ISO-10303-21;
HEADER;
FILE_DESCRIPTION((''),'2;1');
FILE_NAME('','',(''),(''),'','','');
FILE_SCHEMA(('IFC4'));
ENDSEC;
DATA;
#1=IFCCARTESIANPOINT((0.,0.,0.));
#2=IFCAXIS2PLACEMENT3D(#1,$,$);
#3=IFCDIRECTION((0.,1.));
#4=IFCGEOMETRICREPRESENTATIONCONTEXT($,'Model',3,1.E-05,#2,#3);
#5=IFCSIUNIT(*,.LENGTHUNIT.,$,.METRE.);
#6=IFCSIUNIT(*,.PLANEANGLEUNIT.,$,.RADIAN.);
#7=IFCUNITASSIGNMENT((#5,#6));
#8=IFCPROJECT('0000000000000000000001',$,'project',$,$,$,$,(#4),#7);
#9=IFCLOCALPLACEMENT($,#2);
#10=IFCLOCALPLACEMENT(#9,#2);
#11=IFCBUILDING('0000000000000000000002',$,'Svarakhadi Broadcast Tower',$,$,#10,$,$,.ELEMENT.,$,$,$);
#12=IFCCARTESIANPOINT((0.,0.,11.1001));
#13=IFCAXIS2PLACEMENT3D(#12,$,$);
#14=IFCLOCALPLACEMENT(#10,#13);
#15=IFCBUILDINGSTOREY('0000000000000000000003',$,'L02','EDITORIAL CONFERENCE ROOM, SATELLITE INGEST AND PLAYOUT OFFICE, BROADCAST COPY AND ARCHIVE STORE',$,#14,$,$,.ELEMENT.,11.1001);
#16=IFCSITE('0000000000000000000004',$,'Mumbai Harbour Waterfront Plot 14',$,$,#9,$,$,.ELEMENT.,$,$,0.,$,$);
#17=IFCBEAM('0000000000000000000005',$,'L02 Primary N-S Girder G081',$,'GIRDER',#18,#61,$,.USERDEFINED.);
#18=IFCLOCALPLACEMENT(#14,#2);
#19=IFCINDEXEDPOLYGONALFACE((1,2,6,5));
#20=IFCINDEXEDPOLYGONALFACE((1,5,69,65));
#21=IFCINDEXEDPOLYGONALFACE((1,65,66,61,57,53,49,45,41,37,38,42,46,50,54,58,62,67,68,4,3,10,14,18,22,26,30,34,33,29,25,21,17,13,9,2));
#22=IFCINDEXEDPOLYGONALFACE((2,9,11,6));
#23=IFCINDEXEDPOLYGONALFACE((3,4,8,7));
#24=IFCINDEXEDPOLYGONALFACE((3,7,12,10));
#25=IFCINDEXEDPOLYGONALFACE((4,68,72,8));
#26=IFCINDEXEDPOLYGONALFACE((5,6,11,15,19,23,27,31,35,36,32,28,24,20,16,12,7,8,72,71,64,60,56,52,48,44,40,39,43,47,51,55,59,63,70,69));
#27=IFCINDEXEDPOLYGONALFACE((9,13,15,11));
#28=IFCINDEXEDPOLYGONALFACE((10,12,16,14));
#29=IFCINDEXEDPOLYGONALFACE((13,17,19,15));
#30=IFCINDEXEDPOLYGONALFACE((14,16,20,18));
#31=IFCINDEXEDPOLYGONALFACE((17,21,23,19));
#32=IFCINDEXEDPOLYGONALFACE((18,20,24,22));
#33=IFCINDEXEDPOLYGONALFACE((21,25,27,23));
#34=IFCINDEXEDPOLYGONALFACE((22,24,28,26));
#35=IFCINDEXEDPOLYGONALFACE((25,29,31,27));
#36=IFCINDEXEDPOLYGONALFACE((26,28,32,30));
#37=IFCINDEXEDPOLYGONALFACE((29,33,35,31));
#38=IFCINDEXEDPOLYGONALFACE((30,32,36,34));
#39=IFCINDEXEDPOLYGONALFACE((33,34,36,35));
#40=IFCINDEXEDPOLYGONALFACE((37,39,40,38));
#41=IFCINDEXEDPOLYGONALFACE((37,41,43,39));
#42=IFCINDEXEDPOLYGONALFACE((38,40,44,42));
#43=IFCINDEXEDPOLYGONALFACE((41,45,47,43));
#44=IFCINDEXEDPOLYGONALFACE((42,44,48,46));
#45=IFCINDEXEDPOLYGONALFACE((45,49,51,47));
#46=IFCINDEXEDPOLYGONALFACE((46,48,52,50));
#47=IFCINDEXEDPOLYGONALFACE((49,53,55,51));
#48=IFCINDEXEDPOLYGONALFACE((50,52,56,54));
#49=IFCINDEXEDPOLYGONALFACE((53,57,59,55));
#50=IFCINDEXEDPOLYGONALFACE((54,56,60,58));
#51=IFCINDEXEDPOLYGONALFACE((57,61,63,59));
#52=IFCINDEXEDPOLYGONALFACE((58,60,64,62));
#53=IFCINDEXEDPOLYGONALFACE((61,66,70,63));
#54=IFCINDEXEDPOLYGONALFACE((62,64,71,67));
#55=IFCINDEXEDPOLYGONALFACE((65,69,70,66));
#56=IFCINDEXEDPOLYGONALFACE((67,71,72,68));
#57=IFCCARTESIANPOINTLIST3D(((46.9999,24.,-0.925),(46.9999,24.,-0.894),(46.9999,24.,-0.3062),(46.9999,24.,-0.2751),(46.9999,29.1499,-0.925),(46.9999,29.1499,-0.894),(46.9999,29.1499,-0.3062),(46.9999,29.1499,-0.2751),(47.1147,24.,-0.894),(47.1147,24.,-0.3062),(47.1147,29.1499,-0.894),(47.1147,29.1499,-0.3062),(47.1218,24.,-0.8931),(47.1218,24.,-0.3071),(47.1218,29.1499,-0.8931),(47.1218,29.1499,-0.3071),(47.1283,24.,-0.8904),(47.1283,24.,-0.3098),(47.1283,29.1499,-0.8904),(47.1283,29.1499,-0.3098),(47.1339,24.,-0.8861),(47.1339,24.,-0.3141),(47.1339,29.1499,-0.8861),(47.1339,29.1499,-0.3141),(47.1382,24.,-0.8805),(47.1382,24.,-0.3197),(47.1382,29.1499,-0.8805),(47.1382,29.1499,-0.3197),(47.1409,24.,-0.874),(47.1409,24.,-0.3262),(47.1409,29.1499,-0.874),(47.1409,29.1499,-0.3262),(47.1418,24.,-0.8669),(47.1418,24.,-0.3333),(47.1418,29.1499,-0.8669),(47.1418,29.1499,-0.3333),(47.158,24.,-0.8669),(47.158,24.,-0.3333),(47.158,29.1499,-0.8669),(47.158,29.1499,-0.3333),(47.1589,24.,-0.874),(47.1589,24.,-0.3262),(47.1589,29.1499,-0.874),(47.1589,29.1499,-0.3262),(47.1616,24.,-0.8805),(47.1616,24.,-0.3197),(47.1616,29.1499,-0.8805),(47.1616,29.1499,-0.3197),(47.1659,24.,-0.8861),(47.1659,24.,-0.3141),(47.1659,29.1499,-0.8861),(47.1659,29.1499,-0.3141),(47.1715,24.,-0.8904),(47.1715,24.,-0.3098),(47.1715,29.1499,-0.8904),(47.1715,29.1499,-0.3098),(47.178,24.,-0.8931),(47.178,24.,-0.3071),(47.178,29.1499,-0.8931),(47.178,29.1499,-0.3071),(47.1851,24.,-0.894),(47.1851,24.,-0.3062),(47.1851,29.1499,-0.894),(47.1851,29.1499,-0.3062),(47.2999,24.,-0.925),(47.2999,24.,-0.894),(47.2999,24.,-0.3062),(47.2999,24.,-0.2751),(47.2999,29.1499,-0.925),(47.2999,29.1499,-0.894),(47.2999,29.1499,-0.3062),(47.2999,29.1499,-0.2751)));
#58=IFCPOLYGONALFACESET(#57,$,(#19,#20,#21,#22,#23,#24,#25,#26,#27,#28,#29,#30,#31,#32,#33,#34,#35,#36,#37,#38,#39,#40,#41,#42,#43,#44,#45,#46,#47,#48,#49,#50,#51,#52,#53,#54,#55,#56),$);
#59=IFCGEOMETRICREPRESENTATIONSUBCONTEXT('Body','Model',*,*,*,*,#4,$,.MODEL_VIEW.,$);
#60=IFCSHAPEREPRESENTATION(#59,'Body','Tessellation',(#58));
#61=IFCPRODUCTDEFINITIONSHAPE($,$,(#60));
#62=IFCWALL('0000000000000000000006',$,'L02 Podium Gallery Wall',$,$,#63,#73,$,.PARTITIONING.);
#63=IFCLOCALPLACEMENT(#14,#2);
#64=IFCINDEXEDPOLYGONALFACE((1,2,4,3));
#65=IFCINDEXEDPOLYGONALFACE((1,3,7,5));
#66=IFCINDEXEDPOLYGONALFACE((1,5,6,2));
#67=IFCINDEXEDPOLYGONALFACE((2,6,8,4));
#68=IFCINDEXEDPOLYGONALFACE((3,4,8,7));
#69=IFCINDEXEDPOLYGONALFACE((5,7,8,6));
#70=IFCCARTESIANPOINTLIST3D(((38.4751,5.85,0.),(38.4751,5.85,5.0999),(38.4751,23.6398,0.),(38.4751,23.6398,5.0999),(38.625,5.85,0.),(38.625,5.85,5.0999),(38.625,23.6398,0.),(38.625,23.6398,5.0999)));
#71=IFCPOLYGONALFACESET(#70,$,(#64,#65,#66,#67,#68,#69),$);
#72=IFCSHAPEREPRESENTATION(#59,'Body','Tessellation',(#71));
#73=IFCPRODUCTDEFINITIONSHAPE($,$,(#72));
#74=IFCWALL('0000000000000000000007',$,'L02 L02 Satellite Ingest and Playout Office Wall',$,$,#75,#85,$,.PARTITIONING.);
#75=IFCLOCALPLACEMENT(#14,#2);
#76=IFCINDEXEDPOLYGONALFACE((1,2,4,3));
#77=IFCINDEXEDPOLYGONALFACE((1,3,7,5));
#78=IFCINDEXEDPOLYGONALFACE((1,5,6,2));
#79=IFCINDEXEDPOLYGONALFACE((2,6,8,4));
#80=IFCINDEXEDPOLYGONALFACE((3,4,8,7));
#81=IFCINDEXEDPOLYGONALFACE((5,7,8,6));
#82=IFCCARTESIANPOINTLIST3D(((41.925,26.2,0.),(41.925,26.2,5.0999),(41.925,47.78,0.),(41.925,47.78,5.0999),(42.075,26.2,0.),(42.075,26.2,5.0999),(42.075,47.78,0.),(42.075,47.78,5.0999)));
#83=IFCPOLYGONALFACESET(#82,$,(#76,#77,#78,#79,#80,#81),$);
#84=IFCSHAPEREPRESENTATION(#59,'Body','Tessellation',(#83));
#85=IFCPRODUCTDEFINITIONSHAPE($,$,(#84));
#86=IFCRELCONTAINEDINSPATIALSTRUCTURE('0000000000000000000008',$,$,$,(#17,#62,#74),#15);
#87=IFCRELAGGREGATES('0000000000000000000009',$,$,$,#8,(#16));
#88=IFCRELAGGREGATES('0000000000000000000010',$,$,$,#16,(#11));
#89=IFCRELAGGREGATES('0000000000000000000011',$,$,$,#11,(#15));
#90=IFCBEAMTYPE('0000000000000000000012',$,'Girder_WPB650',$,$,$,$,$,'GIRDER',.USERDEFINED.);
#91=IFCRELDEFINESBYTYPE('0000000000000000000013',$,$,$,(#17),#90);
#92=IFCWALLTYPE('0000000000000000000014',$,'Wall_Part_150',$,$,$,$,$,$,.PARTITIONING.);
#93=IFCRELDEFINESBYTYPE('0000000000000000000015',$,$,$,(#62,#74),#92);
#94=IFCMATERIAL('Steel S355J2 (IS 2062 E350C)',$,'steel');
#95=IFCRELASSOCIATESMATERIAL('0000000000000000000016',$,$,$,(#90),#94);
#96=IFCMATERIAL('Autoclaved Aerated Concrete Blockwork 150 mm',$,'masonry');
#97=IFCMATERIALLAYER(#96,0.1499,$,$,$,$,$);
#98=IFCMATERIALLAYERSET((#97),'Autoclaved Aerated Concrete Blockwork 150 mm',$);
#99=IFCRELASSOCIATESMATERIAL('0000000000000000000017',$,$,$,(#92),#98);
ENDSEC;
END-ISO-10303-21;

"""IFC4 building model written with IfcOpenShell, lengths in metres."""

from ifc_helpers import new_model, si_unit, direction, frame, frame_2d, origin, origin_2d, place, context, subcontext, project, spatial, rectangle, i_section, extrude, material, layer, layer_set, material_profile, profile_set, type_object, element, save


model = new_model("IFC4")

# Units and contexts
model_context = context("Model", 3, precision=1e-05, world=origin(), true_north=direction((0.0, 1.0)))
body_context = subcontext(model_context, "Body", "Model", "MODEL_VIEW")
ifc_project = project(units=[si_unit("LENGTHUNIT", "METRE"), si_unit("PLANEANGLEUNIT", "RADIAN")], contexts=[model_context])

# Site, building, storey
site_placement = place(None, origin())
site = spatial("IfcSite", under=ifc_project, at=site_placement, Name="Mumbai Harbour Waterfront Plot 14", CompositionType="ELEMENT", RefElevation=0.0)
building_placement = place(site_placement, origin())
building = spatial("IfcBuilding", under=site, at=building_placement, Name="Svarakhadi Broadcast Tower", CompositionType="ELEMENT")
storey_placement = place(building_placement, frame((0.0, 0.0, 11.1001)))
storey = spatial("IfcBuildingStorey", under=building, at=storey_placement, Name="L02", Description="EDITORIAL CONFERENCE ROOM, SATELLITE INGEST AND PLAYOUT OFFICE, BROADCAST COPY AND ARCHIVE STORE", CompositionType="ELEMENT", Elevation=11.1001)

# Beam
ifc_material_1 = material(Name="Steel S355J2 (IS 2062 E350C)", Category="steel")
ifc_material_profile_1 = material_profile(ifc_material_1, i_section(OverallWidth=0.3, OverallDepth=0.6499, WebThickness=0.0161, FlangeThickness=0.031, FilletRadius=0.0271, at=origin_2d()), Name="WPB 650x300x225")
ifc_profile_set_1 = profile_set([ifc_material_profile_1], Name="Steel S355J2 (IS 2062 E350C)")
beam_type_1 = type_object("IfcBeamType", Name="Girder_WPB650", ElementType="GIRDER", PredefinedType="USERDEFINED", material=ifc_profile_set_1)
beam_1_placement = place(storey_placement, frame((47.1499, 24.0, -0.6001), z_axis=(0.0, 1.0, 0.0), x_axis=(-1.0, 0.0, 0.0)))
element("IfcBeam", 1, at=beam_1_placement, inside=storey, type_object=beam_type_1, Name="L02 Primary N-S Girder G081", ObjectType="GIRDER", PredefinedType="USERDEFINED", context=body_context, shape_type="SweptSolid", body=[
    extrude(i_section(OverallWidth=0.3, OverallDepth=0.6499, WebThickness=0.0161, FlangeThickness=0.031, FilletRadius=0.0271, at=origin_2d()), origin(), (0.0, 0.0, 1.0), 5.1499),
])

# Walls
ifc_material_2 = material(Name="Autoclaved Aerated Concrete Blockwork 150 mm", Category="masonry")
ifc_layer = layer(ifc_material_2, 0.1499)
ifc_layer_set = layer_set([ifc_layer], Name="Autoclaved Aerated Concrete Blockwork 150 mm")
wall_type = type_object("IfcWallType", Name="Wall_Part_150", PredefinedType="PARTITIONING", material=ifc_layer_set)
wall_1_placement = place(storey_placement, frame((38.55, 23.6399, 0.0), z_axis=(0.0, 0.0, 1.0), x_axis=(0.0, -1.0, 0.0)))
element("IfcWall", 2, at=wall_1_placement, inside=storey, type_object=wall_type, Name="L02 Podium Gallery Wall", PredefinedType="PARTITIONING", context=body_context, shape_type="SweptSolid", body=[
    extrude(rectangle(XDim=17.7898, YDim=0.1499, at=frame_2d((8.895, 0.0))), origin(), (0.0, 0.0, 1.0), 5.0999),
])
wall_2_placement = place(storey_placement, frame((42.0, 26.2, 0.0), z_axis=(0.0, 0.0, 1.0), x_axis=(0.0, 1.0, 0.0)))
element("IfcWall", 3, at=wall_2_placement, inside=storey, type_object=wall_type, Name="L02 L02 Satellite Ingest and Playout Office Wall", PredefinedType="PARTITIONING", context=body_context, shape_type="SweptSolid", body=[
    extrude(rectangle(XDim=21.5801, YDim=0.1499, at=frame_2d((10.79, 0.0))), origin(), (0.0, 0.0, 1.0), 5.0999),
])

save(model, "model.ifc")
